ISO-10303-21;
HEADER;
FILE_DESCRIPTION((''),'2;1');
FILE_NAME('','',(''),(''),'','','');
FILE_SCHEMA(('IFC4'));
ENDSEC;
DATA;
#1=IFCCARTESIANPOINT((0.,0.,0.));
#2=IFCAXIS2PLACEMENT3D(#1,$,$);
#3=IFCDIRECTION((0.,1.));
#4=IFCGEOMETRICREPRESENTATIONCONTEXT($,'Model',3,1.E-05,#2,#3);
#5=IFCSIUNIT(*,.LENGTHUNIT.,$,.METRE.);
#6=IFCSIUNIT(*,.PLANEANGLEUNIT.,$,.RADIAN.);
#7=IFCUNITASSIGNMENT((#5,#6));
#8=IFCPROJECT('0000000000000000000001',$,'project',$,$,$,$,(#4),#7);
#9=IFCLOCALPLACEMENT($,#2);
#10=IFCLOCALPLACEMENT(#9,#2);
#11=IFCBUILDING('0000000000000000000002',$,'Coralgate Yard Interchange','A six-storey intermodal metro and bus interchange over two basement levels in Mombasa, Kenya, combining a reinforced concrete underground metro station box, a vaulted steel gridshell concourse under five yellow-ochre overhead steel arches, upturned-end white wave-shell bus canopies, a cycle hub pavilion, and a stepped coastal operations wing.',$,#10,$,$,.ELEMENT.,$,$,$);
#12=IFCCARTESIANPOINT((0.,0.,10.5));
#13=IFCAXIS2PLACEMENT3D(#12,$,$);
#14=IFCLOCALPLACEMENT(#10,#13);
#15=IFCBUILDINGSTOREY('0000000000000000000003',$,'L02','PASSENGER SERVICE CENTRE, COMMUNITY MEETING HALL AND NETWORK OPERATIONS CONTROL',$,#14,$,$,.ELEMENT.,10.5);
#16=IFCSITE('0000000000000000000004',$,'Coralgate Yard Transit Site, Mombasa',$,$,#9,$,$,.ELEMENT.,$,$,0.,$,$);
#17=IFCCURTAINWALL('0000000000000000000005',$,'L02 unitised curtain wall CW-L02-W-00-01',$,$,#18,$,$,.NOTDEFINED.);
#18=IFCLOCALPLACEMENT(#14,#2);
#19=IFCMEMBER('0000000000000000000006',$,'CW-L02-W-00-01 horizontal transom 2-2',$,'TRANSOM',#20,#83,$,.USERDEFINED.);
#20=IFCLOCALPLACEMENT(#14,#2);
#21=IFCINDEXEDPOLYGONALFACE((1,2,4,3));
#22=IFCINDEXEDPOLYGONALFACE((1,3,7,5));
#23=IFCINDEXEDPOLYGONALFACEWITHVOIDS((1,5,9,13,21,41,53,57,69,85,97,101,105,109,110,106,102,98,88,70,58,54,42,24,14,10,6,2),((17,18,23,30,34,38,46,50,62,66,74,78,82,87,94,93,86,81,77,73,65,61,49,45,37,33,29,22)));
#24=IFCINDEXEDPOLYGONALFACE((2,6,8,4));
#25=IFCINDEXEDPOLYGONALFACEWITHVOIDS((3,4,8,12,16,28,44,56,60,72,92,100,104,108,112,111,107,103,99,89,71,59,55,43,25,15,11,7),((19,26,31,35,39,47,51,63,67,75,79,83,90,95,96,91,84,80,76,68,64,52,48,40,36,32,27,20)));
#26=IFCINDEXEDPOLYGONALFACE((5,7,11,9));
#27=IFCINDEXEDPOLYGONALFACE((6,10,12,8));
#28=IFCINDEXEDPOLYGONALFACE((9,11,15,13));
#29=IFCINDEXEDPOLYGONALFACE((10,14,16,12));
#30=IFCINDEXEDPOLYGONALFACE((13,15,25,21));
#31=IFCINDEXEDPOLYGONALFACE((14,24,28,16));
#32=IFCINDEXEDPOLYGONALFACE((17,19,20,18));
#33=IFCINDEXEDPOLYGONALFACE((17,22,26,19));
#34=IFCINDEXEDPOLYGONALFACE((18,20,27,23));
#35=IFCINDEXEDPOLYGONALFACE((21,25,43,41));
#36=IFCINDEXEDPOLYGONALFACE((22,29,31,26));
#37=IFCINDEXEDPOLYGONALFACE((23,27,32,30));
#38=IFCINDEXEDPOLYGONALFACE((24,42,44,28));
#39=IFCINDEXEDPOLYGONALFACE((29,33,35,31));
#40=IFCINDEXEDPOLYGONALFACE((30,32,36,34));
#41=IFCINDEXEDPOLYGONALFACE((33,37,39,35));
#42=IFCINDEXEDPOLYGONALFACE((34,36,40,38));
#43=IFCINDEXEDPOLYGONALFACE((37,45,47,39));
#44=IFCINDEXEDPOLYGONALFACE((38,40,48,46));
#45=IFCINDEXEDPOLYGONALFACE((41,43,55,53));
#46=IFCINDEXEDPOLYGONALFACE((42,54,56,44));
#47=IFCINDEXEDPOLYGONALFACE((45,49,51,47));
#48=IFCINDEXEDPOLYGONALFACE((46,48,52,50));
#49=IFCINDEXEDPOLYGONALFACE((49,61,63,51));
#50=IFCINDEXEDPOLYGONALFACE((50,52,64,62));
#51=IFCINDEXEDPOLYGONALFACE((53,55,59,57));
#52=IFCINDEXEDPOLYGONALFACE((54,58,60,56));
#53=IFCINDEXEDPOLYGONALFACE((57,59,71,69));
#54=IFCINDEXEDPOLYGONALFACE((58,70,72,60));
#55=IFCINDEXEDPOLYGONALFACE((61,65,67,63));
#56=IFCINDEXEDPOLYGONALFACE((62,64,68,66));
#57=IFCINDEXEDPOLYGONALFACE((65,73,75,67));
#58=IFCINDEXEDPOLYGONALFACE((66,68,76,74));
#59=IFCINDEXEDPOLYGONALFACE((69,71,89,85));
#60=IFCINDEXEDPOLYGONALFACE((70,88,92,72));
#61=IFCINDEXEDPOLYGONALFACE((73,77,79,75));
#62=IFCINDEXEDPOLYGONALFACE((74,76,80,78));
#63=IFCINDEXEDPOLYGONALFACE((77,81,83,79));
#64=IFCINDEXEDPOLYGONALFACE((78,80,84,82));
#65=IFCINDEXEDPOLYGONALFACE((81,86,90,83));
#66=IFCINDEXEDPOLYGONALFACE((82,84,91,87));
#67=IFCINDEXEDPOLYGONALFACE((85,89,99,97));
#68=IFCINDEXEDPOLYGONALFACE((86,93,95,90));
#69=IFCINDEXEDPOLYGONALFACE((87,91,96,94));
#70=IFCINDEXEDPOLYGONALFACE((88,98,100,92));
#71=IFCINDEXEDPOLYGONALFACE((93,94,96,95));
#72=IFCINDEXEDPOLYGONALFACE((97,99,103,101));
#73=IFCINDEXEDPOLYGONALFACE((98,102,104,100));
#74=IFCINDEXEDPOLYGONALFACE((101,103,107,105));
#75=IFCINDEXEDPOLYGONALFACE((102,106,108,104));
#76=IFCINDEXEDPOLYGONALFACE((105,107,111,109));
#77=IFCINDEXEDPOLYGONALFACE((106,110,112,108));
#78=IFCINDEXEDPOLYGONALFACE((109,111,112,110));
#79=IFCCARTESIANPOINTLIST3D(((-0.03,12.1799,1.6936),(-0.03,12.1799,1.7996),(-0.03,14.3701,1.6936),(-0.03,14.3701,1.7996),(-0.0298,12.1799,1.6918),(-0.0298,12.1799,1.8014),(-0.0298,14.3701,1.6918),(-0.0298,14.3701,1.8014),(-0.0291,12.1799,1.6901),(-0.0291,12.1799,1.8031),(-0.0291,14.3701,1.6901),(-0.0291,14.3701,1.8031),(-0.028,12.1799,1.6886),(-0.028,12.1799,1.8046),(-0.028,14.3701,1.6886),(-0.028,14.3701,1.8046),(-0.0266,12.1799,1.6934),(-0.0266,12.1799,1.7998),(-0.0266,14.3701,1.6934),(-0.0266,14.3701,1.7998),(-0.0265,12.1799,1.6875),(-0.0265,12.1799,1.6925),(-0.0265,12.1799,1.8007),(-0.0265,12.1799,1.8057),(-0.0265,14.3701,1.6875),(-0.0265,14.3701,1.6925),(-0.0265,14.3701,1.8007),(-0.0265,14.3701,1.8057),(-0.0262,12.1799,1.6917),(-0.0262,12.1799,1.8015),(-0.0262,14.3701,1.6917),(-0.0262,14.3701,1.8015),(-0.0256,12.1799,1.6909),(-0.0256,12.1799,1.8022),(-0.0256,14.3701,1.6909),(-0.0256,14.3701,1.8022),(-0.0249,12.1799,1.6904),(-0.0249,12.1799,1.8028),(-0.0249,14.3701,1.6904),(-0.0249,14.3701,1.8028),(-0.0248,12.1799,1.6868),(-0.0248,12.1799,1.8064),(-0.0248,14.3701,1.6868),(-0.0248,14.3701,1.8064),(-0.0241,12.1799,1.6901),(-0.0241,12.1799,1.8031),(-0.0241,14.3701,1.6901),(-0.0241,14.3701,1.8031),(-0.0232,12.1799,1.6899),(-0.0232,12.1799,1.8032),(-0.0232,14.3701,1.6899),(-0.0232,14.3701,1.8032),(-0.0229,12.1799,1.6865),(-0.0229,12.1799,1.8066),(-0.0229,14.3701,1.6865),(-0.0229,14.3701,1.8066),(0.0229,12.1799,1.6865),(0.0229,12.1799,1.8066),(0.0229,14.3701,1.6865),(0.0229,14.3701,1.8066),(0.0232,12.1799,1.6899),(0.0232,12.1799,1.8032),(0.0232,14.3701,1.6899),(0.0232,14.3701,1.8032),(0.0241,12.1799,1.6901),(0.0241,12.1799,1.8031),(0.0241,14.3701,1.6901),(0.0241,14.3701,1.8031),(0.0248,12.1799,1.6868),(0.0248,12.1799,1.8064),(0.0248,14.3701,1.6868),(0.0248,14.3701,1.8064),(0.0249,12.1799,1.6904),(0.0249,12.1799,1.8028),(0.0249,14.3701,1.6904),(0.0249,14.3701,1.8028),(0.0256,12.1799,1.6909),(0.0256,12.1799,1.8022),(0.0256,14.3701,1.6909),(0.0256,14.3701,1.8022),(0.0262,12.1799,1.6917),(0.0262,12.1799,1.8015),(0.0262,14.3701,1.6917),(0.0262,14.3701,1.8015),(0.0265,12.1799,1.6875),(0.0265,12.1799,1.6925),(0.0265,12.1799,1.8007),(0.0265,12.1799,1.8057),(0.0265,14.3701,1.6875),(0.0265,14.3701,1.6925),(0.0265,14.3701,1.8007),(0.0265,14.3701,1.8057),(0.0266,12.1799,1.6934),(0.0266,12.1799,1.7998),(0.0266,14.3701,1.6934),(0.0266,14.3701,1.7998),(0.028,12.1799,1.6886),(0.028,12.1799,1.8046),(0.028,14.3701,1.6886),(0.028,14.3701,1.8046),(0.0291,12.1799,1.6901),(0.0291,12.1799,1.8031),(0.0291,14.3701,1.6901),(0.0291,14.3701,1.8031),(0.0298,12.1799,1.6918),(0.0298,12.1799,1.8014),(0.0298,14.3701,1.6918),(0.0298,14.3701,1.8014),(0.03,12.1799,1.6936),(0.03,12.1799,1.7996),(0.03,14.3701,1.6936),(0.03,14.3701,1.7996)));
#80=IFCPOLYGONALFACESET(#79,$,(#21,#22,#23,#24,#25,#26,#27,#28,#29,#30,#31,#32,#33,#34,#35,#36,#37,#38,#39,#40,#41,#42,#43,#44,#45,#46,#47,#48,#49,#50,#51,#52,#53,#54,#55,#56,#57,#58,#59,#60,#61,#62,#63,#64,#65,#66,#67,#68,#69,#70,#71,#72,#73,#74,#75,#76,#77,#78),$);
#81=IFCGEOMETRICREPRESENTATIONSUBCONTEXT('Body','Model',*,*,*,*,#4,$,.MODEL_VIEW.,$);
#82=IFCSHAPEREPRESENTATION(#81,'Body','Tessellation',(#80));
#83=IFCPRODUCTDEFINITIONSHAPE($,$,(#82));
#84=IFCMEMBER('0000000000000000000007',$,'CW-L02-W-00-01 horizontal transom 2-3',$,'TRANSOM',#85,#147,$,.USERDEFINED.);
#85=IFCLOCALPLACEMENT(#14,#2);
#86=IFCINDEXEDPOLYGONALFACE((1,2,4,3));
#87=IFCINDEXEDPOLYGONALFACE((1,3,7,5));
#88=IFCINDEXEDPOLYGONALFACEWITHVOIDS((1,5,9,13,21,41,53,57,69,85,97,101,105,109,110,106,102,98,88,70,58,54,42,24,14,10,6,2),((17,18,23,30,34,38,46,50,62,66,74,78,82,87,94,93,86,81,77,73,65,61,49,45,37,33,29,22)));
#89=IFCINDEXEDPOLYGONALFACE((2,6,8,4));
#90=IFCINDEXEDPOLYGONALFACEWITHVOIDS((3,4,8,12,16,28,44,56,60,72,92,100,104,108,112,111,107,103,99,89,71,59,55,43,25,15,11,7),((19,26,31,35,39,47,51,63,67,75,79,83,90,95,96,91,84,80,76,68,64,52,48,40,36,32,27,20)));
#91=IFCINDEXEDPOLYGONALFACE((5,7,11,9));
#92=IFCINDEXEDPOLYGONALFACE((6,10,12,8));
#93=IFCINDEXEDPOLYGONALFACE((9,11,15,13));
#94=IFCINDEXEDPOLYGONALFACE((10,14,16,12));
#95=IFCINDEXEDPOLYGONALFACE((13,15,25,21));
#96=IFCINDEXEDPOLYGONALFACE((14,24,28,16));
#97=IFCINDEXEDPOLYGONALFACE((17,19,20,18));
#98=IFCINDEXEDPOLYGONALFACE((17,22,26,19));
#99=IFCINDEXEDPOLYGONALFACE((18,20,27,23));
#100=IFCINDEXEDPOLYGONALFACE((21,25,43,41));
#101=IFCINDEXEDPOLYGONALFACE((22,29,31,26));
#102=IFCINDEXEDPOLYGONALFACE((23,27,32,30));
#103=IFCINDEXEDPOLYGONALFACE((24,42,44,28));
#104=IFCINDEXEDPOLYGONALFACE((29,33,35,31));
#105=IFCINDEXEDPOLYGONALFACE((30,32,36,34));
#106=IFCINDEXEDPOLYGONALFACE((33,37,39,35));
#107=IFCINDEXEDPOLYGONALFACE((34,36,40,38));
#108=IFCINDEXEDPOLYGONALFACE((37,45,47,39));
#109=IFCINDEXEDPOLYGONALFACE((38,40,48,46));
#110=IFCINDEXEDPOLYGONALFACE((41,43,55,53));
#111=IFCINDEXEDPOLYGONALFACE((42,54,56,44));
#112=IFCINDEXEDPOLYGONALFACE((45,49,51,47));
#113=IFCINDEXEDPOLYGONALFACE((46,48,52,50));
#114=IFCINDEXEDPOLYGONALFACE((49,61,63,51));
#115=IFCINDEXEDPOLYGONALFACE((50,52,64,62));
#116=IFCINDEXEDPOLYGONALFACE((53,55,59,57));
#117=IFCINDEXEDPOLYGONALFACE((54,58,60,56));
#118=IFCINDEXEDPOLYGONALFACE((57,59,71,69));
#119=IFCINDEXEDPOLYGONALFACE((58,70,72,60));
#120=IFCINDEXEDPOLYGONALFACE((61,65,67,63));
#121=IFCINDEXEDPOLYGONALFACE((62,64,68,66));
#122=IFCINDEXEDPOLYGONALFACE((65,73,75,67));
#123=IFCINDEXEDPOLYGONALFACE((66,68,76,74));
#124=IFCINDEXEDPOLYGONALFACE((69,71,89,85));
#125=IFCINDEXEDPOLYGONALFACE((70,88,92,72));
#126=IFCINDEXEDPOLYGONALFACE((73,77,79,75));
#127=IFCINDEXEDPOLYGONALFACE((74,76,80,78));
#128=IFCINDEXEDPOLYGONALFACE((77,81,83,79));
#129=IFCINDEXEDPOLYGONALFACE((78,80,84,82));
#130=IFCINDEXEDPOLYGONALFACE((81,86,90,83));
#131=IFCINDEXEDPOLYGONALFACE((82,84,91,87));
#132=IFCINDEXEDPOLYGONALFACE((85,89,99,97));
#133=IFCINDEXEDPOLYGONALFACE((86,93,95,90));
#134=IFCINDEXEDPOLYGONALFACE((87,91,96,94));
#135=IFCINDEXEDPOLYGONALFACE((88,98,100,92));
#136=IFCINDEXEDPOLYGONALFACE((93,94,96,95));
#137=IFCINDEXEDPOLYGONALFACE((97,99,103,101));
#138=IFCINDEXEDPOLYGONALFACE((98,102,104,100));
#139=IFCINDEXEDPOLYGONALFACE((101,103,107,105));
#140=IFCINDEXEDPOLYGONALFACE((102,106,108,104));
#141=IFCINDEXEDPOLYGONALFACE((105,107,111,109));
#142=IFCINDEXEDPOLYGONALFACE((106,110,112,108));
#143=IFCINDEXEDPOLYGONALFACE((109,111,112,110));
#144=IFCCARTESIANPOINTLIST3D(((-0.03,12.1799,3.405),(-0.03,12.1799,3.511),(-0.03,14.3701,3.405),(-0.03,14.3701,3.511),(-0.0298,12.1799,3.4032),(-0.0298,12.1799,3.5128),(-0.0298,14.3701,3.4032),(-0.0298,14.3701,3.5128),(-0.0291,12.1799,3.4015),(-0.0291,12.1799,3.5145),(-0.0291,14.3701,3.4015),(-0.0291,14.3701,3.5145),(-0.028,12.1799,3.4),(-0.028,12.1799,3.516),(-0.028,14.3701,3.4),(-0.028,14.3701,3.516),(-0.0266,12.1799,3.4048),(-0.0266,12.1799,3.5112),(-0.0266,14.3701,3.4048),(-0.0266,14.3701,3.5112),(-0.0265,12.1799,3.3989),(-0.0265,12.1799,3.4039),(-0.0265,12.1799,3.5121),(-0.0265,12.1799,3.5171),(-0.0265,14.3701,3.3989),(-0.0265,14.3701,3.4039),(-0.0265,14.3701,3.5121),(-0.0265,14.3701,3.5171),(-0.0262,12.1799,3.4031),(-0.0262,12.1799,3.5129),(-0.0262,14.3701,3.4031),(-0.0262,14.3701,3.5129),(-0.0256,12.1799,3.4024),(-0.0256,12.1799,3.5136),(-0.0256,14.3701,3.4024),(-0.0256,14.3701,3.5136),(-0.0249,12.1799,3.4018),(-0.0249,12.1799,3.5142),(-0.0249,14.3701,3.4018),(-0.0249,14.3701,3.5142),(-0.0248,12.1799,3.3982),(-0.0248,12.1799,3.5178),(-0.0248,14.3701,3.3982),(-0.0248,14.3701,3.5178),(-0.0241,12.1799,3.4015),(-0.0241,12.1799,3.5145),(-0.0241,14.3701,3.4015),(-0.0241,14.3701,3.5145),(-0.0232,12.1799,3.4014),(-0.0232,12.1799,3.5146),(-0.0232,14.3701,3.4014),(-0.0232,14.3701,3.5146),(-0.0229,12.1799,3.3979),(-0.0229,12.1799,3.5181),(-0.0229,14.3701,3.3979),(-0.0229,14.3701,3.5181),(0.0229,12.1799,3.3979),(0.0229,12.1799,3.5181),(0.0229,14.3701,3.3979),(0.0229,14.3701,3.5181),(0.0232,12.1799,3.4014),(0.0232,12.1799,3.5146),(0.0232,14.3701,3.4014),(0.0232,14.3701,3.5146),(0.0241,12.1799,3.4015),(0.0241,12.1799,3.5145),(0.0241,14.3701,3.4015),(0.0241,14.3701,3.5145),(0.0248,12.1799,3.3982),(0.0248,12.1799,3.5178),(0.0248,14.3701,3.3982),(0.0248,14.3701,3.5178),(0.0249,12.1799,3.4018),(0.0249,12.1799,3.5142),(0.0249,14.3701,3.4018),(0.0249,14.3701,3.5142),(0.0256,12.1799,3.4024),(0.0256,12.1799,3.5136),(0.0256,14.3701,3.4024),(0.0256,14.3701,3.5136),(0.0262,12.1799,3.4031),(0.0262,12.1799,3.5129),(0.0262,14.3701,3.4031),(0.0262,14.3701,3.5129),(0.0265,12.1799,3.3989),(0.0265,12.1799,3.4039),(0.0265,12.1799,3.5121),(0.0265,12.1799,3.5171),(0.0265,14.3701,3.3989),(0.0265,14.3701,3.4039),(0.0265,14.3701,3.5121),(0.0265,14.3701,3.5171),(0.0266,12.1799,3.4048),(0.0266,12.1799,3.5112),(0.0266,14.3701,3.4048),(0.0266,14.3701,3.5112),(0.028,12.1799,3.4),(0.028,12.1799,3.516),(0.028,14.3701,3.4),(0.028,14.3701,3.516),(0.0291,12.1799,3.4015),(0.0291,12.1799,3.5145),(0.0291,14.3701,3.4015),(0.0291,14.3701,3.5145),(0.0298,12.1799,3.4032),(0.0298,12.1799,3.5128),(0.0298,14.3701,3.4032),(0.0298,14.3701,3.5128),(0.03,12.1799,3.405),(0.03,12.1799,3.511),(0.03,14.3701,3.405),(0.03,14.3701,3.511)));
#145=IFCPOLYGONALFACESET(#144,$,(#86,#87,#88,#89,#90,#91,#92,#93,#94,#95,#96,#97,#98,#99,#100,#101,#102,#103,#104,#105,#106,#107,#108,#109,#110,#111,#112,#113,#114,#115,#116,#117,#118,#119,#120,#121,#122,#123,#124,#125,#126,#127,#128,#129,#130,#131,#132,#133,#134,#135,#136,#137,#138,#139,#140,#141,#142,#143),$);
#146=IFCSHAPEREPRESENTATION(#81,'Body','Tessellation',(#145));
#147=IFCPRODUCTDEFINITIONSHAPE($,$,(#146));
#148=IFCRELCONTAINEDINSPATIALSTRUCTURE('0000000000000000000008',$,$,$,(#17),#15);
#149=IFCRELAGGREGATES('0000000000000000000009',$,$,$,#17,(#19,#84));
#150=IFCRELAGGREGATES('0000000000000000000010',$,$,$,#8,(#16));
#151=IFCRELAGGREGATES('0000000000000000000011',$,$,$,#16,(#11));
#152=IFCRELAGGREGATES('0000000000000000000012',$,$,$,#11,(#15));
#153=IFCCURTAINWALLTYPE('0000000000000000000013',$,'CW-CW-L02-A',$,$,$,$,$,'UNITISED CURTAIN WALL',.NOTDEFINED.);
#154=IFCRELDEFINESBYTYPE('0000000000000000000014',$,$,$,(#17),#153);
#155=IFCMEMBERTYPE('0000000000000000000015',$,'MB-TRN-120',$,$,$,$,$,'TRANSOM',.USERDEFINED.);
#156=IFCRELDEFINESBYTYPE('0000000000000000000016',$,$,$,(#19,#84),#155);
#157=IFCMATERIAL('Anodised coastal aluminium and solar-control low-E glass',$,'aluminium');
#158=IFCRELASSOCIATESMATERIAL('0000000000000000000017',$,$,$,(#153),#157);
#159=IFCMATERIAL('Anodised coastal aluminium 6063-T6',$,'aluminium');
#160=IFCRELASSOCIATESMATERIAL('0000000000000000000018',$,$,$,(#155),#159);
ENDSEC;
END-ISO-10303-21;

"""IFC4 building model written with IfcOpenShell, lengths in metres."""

from ifc_helpers import new_model, si_unit, direction, frame, origin, origin_2d, place, context, subcontext, project, spatial, hollow_rectangle, extrude, material, material_profile, profile_set, type_object, element, aggregate, save


model = new_model("IFC4")

# Units and contexts
model_context = context("Model", 3, precision=1e-05, world=origin(), true_north=direction((0.0, 1.0)))
body_context = subcontext(model_context, "Body", "Model", "MODEL_VIEW")
ifc_project = project(units=[si_unit("LENGTHUNIT", "METRE"), si_unit("PLANEANGLEUNIT", "RADIAN")], contexts=[model_context])

# Site, building, storey
site_placement = place(None, origin())
site = spatial("IfcSite", under=ifc_project, at=site_placement, Name="Coralgate Yard Transit Site, Mombasa", CompositionType="ELEMENT", RefElevation=0.0)
building_placement = place(site_placement, origin())
building = spatial("IfcBuilding", under=site, at=building_placement, Name="Coralgate Yard Interchange", Description="A six-storey intermodal metro and bus interchange over two basement levels in Mombasa, Kenya, combining a reinforced concrete underground metro station box, a vaulted steel gridshell concourse under five yellow-ochre overhead steel arches, upturned-end white wave-shell bus canopies, a cycle hub pavilion, and a stepped coastal operations wing.", CompositionType="ELEMENT")
storey_placement = place(building_placement, frame((0.0, 0.0, 10.5)))
storey = spatial("IfcBuildingStorey", under=building, at=storey_placement, Name="L02", Description="PASSENGER SERVICE CENTRE, COMMUNITY MEETING HALL AND NETWORK OPERATIONS CONTROL", CompositionType="ELEMENT", Elevation=10.5)

# Curtain wall, members
ifc_material_1 = material(Name="Anodised coastal aluminium and solar-control low-E glass", Category="aluminium")
curtain_wall_type = type_object("IfcCurtainWallType", Name="CW-CW-L02-A", ElementType="UNITISED CURTAIN WALL", PredefinedType="NOTDEFINED", material=ifc_material_1)
curtain_wall_placement = place(storey_placement, origin())
curtain_wall = element("IfcCurtainWall", 1, at=curtain_wall_placement, inside=storey, type_object=curtain_wall_type, Name="L02 unitised curtain wall CW-L02-W-00-01", PredefinedType="NOTDEFINED")
ifc_material_2 = material(Name="Anodised coastal aluminium 6063-T6", Category="aluminium")
ifc_material_profile_1 = material_profile(ifc_material_2, hollow_rectangle(XDim=0.0601, YDim=0.1201, WallThickness=0.0034, InnerFilletRadius=0.0034, OuterFilletRadius=0.0071, at=origin_2d()), Name="ALU 60x120x3.5")
ifc_profile_set_1 = profile_set([ifc_material_profile_1], Name="Anodised coastal aluminium 6063-T6")
member_type_1 = type_object("IfcMemberType", Name="MB-TRN-120", ElementType="TRANSOM", PredefinedType="USERDEFINED", material=ifc_profile_set_1)
member_1_placement = place(storey_placement, frame((0.0, 12.1799, 1.7466), z_axis=(0.0, 1.0, 0.0), x_axis=(-1.0, 0.0, 0.0)))
member_1 = element("IfcMember", 2, at=member_1_placement, type_object=member_type_1, Name="CW-L02-W-00-01 horizontal transom 2-2", ObjectType="TRANSOM", PredefinedType="USERDEFINED", context=body_context, shape_type="SweptSolid", body=[
    extrude(hollow_rectangle(XDim=0.0601, YDim=0.1201, WallThickness=0.0034, InnerFilletRadius=0.0034, OuterFilletRadius=0.0071, at=origin_2d()), origin(), (0.0, 0.0, 1.0), 2.1902),
])
member_2_placement = place(storey_placement, frame((0.0, 12.1799, 3.458), z_axis=(0.0, 1.0, 0.0), x_axis=(-1.0, 0.0, 0.0)))
member_2 = element("IfcMember", 3, at=member_2_placement, type_object=member_type_1, Name="CW-L02-W-00-01 horizontal transom 2-3", ObjectType="TRANSOM", PredefinedType="USERDEFINED", context=body_context, shape_type="SweptSolid", body=[
    extrude(hollow_rectangle(XDim=0.0601, YDim=0.1201, WallThickness=0.0034, InnerFilletRadius=0.0034, OuterFilletRadius=0.0071, at=origin_2d()), origin(), (0.0, 0.0, 1.0), 2.1902),
])
aggregate(curtain_wall, [member_1, member_2])

save(model, "model.ifc")
